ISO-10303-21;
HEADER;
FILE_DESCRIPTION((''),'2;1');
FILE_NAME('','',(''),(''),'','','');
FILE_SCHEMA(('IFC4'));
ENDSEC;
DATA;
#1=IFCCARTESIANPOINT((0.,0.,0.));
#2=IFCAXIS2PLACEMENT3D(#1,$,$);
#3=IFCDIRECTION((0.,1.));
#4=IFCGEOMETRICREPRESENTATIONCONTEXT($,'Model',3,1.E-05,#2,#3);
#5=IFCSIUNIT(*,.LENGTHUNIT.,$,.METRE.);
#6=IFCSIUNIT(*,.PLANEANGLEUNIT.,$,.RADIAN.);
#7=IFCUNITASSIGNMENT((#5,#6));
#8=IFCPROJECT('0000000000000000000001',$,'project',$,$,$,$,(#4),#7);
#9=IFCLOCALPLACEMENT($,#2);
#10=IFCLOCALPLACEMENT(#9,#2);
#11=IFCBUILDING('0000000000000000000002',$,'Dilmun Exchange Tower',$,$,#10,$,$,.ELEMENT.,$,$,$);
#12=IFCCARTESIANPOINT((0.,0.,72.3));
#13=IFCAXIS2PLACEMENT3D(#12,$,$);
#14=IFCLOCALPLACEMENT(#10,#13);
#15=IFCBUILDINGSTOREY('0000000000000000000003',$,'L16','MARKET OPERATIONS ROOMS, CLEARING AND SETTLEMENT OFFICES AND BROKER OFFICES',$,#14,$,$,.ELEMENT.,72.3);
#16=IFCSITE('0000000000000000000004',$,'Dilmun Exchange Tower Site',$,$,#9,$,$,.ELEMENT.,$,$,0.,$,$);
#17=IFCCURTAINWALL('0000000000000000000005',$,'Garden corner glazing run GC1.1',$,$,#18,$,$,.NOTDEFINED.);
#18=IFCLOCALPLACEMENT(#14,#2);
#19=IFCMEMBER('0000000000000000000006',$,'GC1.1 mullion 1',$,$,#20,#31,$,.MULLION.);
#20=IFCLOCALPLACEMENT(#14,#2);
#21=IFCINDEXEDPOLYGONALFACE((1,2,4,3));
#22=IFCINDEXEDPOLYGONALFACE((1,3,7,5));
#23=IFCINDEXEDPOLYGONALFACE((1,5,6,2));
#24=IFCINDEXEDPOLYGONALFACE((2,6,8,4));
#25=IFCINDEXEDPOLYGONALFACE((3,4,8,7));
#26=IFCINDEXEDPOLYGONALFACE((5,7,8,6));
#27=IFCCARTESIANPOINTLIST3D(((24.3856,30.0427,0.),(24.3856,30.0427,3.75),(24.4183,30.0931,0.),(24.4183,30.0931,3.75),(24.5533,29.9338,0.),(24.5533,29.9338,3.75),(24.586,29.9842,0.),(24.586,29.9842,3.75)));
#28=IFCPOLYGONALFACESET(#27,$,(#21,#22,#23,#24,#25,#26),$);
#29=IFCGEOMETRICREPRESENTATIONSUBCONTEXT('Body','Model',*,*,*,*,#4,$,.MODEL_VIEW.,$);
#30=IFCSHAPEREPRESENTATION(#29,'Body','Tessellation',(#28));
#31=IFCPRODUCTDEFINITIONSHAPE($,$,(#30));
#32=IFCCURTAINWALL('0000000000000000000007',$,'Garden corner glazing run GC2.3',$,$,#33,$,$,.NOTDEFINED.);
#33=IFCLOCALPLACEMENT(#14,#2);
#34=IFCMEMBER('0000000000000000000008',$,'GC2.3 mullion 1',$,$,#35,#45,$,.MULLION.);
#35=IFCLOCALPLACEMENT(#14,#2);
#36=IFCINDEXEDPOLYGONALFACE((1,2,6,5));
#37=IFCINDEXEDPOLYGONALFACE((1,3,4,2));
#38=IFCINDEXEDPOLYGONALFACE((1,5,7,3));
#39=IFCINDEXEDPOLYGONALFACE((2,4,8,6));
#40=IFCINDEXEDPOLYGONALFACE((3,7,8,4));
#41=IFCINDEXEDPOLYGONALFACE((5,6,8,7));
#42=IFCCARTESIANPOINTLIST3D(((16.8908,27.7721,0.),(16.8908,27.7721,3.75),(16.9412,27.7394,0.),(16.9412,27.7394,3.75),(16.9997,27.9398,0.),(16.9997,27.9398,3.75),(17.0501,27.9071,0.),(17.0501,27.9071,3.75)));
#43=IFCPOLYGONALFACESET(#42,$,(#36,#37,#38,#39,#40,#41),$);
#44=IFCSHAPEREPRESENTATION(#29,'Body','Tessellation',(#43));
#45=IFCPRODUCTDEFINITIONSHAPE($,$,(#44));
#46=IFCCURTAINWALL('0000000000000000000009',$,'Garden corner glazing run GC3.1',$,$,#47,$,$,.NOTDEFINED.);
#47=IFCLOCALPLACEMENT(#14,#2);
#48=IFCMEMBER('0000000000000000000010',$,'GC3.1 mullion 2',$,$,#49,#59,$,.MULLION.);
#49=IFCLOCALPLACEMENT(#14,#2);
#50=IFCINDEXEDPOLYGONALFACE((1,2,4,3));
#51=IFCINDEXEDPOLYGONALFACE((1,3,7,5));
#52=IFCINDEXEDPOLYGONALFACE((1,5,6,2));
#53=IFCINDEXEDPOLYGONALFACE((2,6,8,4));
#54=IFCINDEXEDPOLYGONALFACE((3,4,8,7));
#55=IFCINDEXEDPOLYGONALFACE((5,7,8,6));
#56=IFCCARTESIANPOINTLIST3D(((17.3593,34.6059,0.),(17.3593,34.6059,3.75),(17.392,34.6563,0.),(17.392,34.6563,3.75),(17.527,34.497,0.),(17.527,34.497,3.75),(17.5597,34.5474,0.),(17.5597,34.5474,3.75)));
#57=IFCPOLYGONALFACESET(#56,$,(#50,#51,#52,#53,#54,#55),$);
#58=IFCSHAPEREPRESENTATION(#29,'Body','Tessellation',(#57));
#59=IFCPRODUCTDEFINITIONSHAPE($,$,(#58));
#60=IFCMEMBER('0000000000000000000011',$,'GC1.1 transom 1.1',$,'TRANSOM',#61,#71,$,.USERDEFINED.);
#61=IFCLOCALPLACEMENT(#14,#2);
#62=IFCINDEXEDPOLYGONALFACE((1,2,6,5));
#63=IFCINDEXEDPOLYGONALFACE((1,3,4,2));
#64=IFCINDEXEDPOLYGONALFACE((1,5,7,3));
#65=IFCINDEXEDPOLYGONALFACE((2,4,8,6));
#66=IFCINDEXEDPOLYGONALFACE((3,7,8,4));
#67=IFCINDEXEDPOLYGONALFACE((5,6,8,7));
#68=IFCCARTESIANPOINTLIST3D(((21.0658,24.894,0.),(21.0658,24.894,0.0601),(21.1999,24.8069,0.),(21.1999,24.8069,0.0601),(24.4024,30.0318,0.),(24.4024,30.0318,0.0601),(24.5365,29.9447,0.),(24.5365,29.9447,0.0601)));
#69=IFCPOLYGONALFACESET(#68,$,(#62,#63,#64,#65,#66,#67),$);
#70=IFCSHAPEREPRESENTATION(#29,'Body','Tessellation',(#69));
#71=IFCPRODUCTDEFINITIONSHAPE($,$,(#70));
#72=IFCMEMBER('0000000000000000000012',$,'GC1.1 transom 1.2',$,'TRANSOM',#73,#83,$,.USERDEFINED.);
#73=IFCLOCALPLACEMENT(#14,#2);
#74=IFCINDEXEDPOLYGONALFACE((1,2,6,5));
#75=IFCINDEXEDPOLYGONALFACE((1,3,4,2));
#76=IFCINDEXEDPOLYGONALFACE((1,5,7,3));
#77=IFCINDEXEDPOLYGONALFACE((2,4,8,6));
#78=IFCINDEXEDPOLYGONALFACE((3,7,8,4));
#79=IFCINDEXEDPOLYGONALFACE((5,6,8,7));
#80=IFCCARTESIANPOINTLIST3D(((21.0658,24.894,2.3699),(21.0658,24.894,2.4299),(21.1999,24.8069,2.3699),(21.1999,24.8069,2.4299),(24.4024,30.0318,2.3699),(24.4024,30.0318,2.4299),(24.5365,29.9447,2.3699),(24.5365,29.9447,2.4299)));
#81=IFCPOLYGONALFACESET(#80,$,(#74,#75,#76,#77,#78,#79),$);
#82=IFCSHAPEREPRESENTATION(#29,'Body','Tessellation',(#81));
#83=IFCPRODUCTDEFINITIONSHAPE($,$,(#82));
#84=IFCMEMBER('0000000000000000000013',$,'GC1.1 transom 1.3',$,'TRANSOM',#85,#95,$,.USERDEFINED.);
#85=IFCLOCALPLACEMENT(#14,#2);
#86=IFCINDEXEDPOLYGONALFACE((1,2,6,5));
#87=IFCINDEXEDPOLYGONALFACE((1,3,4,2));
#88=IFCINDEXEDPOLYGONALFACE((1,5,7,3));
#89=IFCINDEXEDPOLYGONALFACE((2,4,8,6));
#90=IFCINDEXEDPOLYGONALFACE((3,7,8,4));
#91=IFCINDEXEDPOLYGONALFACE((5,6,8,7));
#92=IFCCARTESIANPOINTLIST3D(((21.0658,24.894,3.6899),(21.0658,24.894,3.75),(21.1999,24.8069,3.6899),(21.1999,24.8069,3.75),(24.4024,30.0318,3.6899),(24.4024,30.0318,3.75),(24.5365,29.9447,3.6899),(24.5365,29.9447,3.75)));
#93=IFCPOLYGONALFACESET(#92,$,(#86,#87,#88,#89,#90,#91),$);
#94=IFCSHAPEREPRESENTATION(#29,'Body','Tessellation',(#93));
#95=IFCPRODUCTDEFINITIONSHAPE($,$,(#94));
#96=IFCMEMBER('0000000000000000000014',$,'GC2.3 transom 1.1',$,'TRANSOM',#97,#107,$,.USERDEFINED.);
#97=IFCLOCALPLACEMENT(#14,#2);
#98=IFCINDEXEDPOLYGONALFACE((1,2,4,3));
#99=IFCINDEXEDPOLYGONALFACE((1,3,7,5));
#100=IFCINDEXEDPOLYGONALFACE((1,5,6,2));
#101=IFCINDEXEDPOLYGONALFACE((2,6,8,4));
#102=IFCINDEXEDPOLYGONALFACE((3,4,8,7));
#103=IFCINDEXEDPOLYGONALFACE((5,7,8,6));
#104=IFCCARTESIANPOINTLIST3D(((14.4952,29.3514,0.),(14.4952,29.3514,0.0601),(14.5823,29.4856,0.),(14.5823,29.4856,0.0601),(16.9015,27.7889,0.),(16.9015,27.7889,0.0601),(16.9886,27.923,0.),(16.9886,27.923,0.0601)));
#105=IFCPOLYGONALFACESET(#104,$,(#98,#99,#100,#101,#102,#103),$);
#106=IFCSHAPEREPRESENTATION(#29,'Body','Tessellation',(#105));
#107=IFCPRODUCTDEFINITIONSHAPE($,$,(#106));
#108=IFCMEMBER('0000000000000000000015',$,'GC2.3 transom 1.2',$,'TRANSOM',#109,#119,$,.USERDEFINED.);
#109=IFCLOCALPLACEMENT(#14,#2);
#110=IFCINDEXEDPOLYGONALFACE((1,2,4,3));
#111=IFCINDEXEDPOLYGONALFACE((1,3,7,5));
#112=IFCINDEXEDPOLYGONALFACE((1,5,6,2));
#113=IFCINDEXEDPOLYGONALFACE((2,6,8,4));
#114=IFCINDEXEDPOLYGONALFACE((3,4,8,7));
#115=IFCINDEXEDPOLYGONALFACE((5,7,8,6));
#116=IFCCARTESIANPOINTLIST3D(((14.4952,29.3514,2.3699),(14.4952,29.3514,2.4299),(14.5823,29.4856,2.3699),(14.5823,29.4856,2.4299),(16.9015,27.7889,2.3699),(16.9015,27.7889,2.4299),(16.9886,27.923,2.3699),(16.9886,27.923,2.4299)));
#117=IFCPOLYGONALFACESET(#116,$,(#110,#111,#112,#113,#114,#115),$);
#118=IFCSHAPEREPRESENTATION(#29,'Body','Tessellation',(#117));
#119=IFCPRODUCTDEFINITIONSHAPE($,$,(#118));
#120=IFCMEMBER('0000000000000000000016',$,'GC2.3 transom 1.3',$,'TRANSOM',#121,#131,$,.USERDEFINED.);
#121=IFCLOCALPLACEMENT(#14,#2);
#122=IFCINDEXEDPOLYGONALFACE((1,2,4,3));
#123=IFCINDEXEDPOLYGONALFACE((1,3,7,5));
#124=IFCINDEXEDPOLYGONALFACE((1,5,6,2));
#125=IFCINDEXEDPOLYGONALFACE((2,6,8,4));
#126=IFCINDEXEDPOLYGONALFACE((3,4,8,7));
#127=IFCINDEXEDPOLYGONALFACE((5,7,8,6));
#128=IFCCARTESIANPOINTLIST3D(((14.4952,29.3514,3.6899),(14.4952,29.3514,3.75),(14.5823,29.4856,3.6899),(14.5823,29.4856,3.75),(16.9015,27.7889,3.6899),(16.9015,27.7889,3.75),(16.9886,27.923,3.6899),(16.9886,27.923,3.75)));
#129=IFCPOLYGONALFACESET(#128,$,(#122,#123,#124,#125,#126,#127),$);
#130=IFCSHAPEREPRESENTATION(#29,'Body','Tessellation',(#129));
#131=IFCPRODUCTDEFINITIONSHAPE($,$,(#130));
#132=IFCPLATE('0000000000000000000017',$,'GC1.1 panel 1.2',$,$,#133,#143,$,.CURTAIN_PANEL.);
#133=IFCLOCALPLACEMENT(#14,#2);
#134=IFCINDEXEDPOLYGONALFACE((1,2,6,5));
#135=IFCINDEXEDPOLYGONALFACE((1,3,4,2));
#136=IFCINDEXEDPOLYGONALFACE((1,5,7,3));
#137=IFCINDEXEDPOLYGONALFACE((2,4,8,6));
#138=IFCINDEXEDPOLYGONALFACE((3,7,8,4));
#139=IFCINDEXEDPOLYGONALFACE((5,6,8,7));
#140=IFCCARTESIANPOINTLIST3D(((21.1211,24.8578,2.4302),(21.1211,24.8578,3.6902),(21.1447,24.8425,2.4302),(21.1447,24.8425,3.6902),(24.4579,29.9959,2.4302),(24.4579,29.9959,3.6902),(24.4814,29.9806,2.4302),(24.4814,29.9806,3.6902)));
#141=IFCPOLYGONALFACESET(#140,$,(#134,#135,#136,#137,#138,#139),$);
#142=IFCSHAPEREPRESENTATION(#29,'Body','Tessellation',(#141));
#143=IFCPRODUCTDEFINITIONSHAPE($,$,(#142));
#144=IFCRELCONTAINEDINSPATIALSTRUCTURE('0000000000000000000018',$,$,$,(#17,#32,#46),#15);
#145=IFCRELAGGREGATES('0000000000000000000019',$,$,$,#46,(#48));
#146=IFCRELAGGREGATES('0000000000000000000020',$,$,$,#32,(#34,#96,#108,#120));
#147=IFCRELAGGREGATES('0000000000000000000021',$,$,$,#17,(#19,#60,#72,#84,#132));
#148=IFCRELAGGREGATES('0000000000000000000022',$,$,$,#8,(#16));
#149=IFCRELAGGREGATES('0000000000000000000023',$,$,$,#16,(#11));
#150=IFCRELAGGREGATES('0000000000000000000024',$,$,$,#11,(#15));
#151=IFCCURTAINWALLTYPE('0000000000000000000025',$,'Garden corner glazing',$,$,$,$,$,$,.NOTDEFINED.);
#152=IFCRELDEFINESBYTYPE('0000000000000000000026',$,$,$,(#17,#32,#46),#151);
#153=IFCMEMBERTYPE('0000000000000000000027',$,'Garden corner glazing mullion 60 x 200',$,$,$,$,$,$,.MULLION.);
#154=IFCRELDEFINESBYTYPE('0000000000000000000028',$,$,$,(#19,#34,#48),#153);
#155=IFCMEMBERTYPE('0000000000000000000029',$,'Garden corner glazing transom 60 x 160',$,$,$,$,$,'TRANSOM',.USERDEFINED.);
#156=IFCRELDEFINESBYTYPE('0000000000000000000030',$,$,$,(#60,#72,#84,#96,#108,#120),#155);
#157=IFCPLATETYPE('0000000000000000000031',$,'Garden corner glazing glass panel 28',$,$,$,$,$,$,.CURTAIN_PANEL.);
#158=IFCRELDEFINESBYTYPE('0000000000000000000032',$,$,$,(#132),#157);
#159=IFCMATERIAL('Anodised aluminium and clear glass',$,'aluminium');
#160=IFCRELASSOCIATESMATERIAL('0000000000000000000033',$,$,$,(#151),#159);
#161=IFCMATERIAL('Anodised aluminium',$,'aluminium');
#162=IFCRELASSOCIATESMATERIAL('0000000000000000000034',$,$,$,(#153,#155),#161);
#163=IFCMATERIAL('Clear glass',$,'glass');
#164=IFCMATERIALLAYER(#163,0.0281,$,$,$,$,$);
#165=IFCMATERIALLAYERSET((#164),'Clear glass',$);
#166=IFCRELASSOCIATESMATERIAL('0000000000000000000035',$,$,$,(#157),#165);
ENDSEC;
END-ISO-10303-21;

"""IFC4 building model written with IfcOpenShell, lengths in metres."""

from ifc_helpers import new_model, si_unit, direction, frame, origin, origin_2d, place, context, subcontext, project, spatial, rectangle, extrude, material, layer, layer_set, material_profile, profile_set, type_object, element, aggregate, save


model = new_model("IFC4")

# Units and contexts
model_context = context("Model", 3, precision=1e-05, world=origin(), true_north=direction((0.0, 1.0)))
body_context = subcontext(model_context, "Body", "Model", "MODEL_VIEW")
ifc_project = project(units=[si_unit("LENGTHUNIT", "METRE"), si_unit("PLANEANGLEUNIT", "RADIAN")], contexts=[model_context])

# Site, building, storey
site_placement = place(None, origin())
site = spatial("IfcSite", under=ifc_project, at=site_placement, Name="Dilmun Exchange Tower Site", CompositionType="ELEMENT", RefElevation=0.0)
building_placement = place(site_placement, origin())
building = spatial("IfcBuilding", under=site, at=building_placement, Name="Dilmun Exchange Tower", CompositionType="ELEMENT")
storey_placement = place(building_placement, frame((0.0, 0.0, 72.3)))
storey = spatial("IfcBuildingStorey", under=building, at=storey_placement, Name="L16", Description="MARKET OPERATIONS ROOMS, CLEARING AND SETTLEMENT OFFICES AND BROKER OFFICES", CompositionType="ELEMENT", Elevation=72.3)

# Curtain walls, members
ifc_material_1 = material(Name="Anodised aluminium and clear glass", Category="aluminium")
curtain_wall_type = type_object("IfcCurtainWallType", Name="Garden corner glazing", PredefinedType="NOTDEFINED", material=ifc_material_1)
curtain_wall_1_placement = place(storey_placement, origin())
curtain_wall_1 = element("IfcCurtainWall", 1, at=curtain_wall_1_placement, inside=storey, type_object=curtain_wall_type, Name="Garden corner glazing run GC1.1", PredefinedType="NOTDEFINED")
ifc_material_2 = material(Name="Anodised aluminium", Category="aluminium")
ifc_material_profile_1 = material_profile(ifc_material_2, rectangle(XDim=0.2, YDim=0.0601, at=origin_2d()), Name="AL 60x200")
ifc_profile_set_1 = profile_set([ifc_material_profile_1], Name="Anodised aluminium")
member_type_1 = type_object("IfcMemberType", Name="Garden corner glazing mullion 60 x 200", PredefinedType="MULLION", material=ifc_profile_set_1)
member_1_placement = place(storey_placement, frame((24.4858, 30.0134, 0.0), z_axis=(0.0, 0.0, 1.0), x_axis=(0.838667, -0.544644, 0.0)))
member_1 = element("IfcMember", 2, at=member_1_placement, type_object=member_type_1, Name="GC1.1 mullion 1", PredefinedType="MULLION", context=body_context, shape_type="SweptSolid", body=[
    extrude(rectangle(XDim=0.2, YDim=0.0601, at=origin_2d()), origin(), (0.0, 0.0, 1.0), 3.75),
])
curtain_wall_2_placement = place(storey_placement, origin())
curtain_wall_2 = element("IfcCurtainWall", 3, at=curtain_wall_2_placement, inside=storey, type_object=curtain_wall_type, Name="Garden corner glazing run GC2.3", PredefinedType="NOTDEFINED")
member_2_placement = place(storey_placement, frame((16.9705, 27.8396, 0.0), z_axis=(0.0, 0.0, 1.0), x_axis=(-0.544639, -0.838671, 0.0)))
member_2 = element("IfcMember", 4, at=member_2_placement, type_object=member_type_1, Name="GC2.3 mullion 1", PredefinedType="MULLION", context=body_context, shape_type="SweptSolid", body=[
    extrude(rectangle(XDim=0.2, YDim=0.0601, at=origin_2d()), origin(), (0.0, 0.0, 1.0), 3.75),
])
curtain_wall_3_placement = place(storey_placement, origin())
curtain_wall_3 = element("IfcCurtainWall", 5, at=curtain_wall_3_placement, inside=storey, type_object=curtain_wall_type, Name="Garden corner glazing run GC3.1", PredefinedType="NOTDEFINED")
member_3_placement = place(storey_placement, frame((17.4595, 34.5767, 0.0), z_axis=(0.0, 0.0, 1.0), x_axis=(-0.838672, 0.544637, 0.0)))
member_3 = element("IfcMember", 6, at=member_3_placement, type_object=member_type_1, Name="GC3.1 mullion 2", PredefinedType="MULLION", context=body_context, shape_type="SweptSolid", body=[
    extrude(rectangle(XDim=0.2, YDim=0.0601, at=origin_2d()), origin(), (0.0, 0.0, 1.0), 3.75),
])
aggregate(curtain_wall_3, [member_3])

# Members
ifc_material_profile_2 = material_profile(ifc_material_2, rectangle(XDim=0.1599, YDim=0.0601, at=origin_2d()), Name="AL 60x160")
ifc_profile_set_2 = profile_set([ifc_material_profile_2], Name="Anodised aluminium")
member_type_2 = type_object("IfcMemberType", Name="Garden corner glazing transom 60 x 160", ElementType="TRANSOM", PredefinedType="USERDEFINED", material=ifc_profile_set_2)
member_4_placement = place(storey_placement, frame((24.4695, 29.9883, 0.03), z_axis=(-0.544645, -0.838667, 0.0), x_axis=(0.838667, -0.544645, 0.0)))
member_4 = element("IfcMember", 7, at=member_4_placement, type_object=member_type_2, Name="GC1.1 transom 1.1", ObjectType="TRANSOM", PredefinedType="USERDEFINED", context=body_context, shape_type="SweptSolid", body=[
    extrude(rectangle(XDim=0.1599, YDim=0.0601, at=origin_2d()), origin(), (0.0, 0.0, 1.0), 6.1262),
])
member_5_placement = place(storey_placement, frame((24.4695, 29.9883, 2.3999), z_axis=(-0.544645, -0.838667, 0.0), x_axis=(0.838667, -0.544645, 0.0)))
member_5 = element("IfcMember", 8, at=member_5_placement, type_object=member_type_2, Name="GC1.1 transom 1.2", ObjectType="TRANSOM", PredefinedType="USERDEFINED", context=body_context, shape_type="SweptSolid", body=[
    extrude(rectangle(XDim=0.1599, YDim=0.0601, at=origin_2d()), origin(), (0.0, 0.0, 1.0), 6.1262),
])
member_6_placement = place(storey_placement, frame((24.4695, 29.9883, 3.72), z_axis=(-0.544645, -0.838667, 0.0), x_axis=(0.838667, -0.544645, 0.0)))
member_6 = element("IfcMember", 9, at=member_6_placement, type_object=member_type_2, Name="GC1.1 transom 1.3", ObjectType="TRANSOM", PredefinedType="USERDEFINED", context=body_context, shape_type="SweptSolid", body=[
    extrude(rectangle(XDim=0.1599, YDim=0.0601, at=origin_2d()), origin(), (0.0, 0.0, 1.0), 6.1262),
])
member_7_placement = place(storey_placement, frame((16.9451, 27.856, 0.03), z_axis=(-0.838692, 0.544605, 0.0), x_axis=(-0.544605, -0.838692, 0.0)))
member_7 = element("IfcMember", 10, at=member_7_placement, type_object=member_type_2, Name="GC2.3 transom 1.1", ObjectType="TRANSOM", PredefinedType="USERDEFINED", context=body_context, shape_type="SweptSolid", body=[
    extrude(rectangle(XDim=0.1599, YDim=0.0601, at=origin_2d()), origin(), (0.0, 0.0, 1.0), 2.8691),
])
member_8_placement = place(storey_placement, frame((16.9451, 27.856, 2.3999), z_axis=(-0.838692, 0.544605, 0.0), x_axis=(-0.544605, -0.838692, 0.0)))
member_8 = element("IfcMember", 11, at=member_8_placement, type_object=member_type_2, Name="GC2.3 transom 1.2", ObjectType="TRANSOM", PredefinedType="USERDEFINED", context=body_context, shape_type="SweptSolid", body=[
    extrude(rectangle(XDim=0.1599, YDim=0.0601, at=origin_2d()), origin(), (0.0, 0.0, 1.0), 2.8691),
])
member_9_placement = place(storey_placement, frame((16.9451, 27.856, 3.72), z_axis=(-0.838692, 0.544605, 0.0), x_axis=(-0.544605, -0.838692, 0.0)))
member_9 = element("IfcMember", 12, at=member_9_placement, type_object=member_type_2, Name="GC2.3 transom 1.3", ObjectType="TRANSOM", PredefinedType="USERDEFINED", context=body_context, shape_type="SweptSolid", body=[
    extrude(rectangle(XDim=0.1599, YDim=0.0601, at=origin_2d()), origin(), (0.0, 0.0, 1.0), 2.8691),
])
aggregate(curtain_wall_2, [member_2, member_7, member_8, member_9])

# Plate
ifc_material_3 = material(Name="Clear glass", Category="glass")
ifc_layer_1 = layer(ifc_material_3, 0.0281)
ifc_layer_set_1 = layer_set([ifc_layer_1], Name="Clear glass")
plate_type = type_object("IfcPlateType", Name="Garden corner glazing glass panel 28", PredefinedType="CURTAIN_PANEL", material=ifc_layer_set_1)
plate_placement = place(storey_placement, frame((22.8013, 27.4192, 2.4302), z_axis=(0.0, 0.0, 1.0), x_axis=(-0.544644, -0.838667, 0.0)))
plate = element("IfcPlate", 13, at=plate_placement, type_object=plate_type, Name="GC1.1 panel 1.2", PredefinedType="CURTAIN_PANEL", context=body_context, shape_type="SweptSolid", body=[
    extrude(rectangle(XDim=6.1265, YDim=0.0281, at=origin_2d()), origin(), (0.0, 0.0, 1.0), 1.26),
])
aggregate(curtain_wall_1, [member_1, member_4, member_5, member_6, plate])

save(model, "model.ifc")
